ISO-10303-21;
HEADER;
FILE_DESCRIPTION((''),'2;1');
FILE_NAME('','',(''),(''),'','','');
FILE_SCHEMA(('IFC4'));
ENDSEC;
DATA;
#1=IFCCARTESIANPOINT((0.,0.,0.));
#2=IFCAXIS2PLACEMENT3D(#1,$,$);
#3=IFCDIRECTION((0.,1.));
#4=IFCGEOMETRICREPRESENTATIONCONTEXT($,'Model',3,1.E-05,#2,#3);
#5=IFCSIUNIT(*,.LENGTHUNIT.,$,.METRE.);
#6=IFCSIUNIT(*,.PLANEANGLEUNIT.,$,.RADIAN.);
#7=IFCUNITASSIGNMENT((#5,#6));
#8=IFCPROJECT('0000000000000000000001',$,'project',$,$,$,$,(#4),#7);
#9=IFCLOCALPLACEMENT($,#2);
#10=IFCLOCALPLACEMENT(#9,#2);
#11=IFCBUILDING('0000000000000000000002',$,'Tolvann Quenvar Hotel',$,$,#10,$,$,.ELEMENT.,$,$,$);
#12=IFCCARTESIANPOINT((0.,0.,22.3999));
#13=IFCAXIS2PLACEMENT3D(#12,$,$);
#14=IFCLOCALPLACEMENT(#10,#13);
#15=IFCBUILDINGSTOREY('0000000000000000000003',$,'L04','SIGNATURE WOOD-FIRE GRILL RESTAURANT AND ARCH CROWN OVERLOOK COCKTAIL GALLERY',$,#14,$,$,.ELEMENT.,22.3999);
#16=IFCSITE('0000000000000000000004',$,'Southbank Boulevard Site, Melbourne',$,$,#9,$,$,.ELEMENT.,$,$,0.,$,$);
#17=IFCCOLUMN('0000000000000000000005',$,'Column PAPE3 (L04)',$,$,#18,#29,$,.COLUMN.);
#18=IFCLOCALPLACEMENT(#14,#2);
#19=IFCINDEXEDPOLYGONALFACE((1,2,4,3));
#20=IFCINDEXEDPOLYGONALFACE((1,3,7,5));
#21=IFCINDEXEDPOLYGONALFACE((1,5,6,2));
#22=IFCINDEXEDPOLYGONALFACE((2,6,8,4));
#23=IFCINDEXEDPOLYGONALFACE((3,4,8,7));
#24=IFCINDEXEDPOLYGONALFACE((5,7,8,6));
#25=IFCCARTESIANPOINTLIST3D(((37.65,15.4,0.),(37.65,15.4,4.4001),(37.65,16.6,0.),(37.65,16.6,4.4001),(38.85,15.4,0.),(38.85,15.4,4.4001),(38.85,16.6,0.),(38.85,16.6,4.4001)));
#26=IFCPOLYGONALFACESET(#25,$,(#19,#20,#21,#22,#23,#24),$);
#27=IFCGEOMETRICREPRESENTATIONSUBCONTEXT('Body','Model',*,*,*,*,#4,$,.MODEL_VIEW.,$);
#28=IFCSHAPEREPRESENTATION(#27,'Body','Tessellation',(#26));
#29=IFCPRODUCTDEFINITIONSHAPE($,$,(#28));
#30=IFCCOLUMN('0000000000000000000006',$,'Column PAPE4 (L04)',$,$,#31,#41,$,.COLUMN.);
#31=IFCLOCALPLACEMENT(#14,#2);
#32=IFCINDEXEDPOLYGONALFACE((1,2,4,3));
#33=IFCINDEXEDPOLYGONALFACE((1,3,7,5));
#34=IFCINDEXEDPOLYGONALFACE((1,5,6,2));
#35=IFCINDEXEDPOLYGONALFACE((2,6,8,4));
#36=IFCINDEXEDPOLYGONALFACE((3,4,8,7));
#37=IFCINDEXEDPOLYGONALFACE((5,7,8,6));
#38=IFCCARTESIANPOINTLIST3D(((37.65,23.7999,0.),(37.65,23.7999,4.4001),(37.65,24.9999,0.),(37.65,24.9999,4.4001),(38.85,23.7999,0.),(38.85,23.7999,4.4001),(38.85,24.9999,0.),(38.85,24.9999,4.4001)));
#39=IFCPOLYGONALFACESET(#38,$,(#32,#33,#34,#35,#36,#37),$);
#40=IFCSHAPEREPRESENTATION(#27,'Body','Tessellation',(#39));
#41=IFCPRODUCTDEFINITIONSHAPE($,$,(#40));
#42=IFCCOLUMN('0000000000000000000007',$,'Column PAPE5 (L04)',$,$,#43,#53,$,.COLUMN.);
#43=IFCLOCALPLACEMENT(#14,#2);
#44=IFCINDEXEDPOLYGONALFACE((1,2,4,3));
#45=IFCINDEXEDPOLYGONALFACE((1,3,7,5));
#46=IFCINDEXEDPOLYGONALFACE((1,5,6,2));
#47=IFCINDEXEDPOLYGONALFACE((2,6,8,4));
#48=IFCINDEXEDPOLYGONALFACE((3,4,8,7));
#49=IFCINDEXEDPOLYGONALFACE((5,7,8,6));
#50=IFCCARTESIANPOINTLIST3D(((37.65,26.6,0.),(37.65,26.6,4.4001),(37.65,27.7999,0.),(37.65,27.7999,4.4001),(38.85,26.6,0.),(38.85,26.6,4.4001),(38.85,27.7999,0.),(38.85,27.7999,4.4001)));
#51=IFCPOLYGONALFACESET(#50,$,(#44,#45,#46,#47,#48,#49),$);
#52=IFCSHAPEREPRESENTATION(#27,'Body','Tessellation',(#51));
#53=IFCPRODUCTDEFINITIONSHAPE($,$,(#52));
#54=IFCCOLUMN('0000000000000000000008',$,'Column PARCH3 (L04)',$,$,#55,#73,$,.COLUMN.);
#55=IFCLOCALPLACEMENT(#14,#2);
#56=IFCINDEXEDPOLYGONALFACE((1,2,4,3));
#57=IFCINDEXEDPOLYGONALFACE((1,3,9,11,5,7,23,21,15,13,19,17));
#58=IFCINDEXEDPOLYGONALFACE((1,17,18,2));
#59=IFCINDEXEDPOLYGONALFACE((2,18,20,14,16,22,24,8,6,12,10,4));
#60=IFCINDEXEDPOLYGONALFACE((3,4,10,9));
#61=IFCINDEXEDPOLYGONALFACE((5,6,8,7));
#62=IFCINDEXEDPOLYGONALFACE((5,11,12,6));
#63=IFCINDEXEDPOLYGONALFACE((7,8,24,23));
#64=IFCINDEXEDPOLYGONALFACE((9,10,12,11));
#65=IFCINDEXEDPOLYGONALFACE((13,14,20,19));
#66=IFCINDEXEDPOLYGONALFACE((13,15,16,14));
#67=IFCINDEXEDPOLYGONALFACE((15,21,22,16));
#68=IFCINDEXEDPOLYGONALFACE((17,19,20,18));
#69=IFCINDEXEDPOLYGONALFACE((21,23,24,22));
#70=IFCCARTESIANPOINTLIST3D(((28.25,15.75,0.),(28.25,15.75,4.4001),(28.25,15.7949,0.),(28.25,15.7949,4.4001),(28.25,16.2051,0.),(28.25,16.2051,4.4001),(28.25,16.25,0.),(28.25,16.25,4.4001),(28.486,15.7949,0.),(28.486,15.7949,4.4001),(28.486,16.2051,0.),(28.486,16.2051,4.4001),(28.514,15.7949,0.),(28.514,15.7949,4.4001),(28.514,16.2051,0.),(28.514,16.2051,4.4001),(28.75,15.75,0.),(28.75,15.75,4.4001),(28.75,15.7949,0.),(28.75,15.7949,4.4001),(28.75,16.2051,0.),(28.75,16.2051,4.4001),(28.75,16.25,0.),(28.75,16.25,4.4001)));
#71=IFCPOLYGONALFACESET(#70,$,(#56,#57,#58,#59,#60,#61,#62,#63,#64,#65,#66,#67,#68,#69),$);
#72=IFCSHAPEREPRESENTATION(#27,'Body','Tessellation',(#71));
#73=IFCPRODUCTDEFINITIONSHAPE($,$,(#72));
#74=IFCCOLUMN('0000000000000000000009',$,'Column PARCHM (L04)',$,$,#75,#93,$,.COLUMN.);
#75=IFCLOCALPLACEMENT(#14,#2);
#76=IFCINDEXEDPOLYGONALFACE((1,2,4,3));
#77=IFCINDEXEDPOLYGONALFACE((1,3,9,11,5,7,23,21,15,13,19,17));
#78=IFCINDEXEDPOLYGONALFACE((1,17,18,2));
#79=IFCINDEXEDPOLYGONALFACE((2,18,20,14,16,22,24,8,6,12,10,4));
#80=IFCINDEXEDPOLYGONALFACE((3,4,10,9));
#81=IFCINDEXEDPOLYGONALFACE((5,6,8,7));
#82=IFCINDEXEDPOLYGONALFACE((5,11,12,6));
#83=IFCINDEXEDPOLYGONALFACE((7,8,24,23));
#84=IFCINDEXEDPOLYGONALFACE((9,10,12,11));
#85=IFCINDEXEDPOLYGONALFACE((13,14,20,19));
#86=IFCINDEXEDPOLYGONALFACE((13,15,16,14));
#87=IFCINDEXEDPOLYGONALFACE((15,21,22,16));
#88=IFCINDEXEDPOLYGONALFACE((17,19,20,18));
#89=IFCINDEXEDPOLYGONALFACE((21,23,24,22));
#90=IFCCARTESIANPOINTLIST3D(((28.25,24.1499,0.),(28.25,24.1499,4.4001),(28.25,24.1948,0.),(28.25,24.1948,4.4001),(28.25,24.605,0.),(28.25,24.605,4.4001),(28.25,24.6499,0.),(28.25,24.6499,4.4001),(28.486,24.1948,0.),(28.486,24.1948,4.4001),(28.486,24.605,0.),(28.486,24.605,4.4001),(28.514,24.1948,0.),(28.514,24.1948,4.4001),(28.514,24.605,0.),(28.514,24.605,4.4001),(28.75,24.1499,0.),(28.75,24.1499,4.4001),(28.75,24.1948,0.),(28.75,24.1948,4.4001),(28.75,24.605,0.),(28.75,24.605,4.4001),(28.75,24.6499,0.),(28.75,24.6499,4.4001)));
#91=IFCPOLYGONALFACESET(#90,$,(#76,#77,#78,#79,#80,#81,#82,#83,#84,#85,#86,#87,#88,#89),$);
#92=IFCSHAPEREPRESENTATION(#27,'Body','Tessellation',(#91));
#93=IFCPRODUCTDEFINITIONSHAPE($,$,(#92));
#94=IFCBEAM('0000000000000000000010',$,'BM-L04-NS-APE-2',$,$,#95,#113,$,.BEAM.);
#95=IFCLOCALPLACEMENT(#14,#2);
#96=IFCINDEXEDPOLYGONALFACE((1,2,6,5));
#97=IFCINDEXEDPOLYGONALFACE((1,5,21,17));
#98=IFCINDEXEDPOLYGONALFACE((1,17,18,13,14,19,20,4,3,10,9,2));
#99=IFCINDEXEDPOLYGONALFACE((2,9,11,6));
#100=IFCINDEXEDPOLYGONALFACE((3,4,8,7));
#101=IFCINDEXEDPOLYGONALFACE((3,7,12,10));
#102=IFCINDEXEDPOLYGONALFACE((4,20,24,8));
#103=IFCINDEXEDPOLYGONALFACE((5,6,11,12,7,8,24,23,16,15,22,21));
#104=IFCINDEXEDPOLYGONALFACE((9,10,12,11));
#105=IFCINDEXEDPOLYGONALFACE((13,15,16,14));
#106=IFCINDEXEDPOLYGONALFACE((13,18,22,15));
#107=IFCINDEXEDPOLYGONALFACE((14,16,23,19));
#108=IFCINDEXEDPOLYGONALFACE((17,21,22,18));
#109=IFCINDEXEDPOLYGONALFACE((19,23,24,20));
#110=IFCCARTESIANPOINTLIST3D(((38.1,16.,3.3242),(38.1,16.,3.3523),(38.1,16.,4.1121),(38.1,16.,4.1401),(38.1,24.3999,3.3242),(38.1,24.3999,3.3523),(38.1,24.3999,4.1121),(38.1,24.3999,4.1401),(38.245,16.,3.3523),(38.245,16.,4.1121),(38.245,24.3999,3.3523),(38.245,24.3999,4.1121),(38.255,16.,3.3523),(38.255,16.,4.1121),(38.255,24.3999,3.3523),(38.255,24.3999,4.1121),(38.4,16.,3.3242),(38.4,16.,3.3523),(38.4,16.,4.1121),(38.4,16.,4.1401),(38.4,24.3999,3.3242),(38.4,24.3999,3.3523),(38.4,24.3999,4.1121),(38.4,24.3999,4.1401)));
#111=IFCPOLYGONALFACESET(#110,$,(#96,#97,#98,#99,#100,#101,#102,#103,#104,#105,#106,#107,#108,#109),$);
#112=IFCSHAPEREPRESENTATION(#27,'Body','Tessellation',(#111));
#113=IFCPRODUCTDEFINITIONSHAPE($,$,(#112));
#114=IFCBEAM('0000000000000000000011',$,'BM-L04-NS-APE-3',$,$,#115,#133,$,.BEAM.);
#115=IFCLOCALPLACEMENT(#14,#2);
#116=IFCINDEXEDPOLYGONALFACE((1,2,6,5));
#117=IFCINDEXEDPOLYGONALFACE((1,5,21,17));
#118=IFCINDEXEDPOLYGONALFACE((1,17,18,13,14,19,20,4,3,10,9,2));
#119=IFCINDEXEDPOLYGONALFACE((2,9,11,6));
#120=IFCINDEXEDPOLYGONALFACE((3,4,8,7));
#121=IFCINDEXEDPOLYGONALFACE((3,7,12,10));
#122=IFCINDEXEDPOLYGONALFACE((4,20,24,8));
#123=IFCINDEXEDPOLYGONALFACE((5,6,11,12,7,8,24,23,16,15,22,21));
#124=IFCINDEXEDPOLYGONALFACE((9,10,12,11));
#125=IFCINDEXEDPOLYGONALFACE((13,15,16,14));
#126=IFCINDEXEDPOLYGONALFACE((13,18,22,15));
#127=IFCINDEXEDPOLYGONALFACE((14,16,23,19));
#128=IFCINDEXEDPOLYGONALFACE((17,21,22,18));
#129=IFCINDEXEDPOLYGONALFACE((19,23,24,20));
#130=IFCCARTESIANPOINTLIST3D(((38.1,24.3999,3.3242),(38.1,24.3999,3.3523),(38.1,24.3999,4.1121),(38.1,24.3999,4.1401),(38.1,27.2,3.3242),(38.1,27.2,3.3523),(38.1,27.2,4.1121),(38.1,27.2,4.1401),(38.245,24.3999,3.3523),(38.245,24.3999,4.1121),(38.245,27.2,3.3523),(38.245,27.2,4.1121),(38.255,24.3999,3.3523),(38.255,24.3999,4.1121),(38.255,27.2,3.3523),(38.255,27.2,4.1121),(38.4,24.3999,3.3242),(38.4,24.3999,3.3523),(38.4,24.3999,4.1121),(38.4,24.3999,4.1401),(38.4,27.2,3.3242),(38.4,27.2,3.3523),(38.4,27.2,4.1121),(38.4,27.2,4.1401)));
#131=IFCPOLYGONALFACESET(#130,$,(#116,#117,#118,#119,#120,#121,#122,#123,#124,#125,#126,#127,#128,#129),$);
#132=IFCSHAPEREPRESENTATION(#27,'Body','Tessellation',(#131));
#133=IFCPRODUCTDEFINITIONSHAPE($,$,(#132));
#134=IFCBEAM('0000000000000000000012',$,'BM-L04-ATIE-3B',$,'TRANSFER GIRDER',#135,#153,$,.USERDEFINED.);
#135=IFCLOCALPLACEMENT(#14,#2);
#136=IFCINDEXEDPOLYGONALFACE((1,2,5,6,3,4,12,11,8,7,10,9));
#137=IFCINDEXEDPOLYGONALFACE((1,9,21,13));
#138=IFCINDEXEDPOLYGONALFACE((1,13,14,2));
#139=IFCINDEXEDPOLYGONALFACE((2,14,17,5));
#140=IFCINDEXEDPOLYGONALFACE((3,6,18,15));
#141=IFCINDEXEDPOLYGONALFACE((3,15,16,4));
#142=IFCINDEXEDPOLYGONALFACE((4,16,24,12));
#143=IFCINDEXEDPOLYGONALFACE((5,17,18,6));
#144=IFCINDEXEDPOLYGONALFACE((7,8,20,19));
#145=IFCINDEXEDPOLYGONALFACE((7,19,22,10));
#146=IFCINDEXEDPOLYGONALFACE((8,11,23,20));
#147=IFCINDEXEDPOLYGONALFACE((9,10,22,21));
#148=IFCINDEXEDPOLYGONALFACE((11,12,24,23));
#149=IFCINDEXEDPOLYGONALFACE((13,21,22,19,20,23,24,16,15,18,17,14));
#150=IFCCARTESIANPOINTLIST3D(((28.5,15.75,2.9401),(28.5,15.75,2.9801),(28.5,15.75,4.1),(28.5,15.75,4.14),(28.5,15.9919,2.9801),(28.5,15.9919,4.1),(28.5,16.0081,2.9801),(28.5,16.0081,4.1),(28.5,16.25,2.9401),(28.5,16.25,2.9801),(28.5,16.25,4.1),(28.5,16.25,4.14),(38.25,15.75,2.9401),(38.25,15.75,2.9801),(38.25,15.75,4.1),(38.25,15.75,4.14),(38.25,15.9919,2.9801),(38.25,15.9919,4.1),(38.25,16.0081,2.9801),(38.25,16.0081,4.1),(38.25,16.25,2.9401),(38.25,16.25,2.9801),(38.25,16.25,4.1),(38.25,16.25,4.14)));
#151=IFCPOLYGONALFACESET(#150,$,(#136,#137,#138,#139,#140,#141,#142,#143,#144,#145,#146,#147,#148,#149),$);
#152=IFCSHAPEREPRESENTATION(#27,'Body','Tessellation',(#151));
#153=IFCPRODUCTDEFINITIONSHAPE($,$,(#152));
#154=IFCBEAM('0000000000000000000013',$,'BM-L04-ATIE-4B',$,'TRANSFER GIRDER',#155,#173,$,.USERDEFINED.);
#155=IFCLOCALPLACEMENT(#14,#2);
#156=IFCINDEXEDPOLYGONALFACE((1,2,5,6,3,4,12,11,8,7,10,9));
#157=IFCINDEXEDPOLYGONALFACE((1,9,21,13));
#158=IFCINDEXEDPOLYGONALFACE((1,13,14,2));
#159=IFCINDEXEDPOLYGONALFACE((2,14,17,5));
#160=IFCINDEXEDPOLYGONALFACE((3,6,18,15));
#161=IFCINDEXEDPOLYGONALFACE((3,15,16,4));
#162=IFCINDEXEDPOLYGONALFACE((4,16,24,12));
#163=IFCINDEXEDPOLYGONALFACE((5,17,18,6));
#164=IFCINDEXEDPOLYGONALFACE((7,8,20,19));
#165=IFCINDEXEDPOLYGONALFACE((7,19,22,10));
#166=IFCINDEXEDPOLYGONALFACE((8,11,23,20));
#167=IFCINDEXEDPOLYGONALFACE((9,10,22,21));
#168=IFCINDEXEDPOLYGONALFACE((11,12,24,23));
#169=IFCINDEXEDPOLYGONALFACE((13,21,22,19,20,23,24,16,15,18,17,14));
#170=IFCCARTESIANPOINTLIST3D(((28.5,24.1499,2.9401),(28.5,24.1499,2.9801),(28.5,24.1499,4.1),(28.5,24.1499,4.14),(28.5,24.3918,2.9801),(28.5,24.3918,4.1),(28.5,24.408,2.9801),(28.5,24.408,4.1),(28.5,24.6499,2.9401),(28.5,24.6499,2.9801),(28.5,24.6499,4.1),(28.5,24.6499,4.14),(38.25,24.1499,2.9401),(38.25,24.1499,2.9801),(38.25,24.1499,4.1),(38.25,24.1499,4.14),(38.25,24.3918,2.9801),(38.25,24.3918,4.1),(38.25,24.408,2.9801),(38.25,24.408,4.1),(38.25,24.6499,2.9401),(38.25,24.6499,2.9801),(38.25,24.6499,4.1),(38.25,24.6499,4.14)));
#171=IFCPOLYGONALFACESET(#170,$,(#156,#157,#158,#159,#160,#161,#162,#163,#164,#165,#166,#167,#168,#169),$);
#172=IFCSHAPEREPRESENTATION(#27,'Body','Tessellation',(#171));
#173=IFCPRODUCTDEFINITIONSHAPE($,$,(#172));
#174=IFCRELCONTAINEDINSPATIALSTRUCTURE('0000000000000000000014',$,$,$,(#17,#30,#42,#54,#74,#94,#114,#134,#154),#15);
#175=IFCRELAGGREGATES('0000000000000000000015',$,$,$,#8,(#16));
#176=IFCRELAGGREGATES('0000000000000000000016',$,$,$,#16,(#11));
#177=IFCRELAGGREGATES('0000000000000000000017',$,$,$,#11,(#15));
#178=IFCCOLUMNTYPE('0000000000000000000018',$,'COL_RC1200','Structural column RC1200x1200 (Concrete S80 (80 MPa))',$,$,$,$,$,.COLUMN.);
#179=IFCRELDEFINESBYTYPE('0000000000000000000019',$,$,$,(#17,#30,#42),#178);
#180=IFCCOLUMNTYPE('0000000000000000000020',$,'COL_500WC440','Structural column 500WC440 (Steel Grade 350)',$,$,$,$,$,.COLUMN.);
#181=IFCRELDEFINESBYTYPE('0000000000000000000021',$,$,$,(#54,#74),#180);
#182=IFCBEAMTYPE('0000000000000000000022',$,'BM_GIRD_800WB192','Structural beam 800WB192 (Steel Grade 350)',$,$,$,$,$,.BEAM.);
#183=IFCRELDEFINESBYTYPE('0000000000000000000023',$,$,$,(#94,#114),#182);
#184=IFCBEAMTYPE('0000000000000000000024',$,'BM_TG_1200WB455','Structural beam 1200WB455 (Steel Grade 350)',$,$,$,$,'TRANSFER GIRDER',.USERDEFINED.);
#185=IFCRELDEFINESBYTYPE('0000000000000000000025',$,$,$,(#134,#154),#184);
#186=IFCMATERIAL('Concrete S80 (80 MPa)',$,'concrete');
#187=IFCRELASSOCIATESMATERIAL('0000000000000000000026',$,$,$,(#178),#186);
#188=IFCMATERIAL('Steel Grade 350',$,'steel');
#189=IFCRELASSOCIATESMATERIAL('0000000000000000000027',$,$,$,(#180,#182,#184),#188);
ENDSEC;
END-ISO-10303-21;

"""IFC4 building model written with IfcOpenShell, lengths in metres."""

from ifc_helpers import new_model, si_unit, direction, frame, origin, origin_2d, place, context, subcontext, project, spatial, rectangle, i_section, extrude, source, transform, mapped, material, material_profile, profile_set, type_object, type_shapes, element, save


model = new_model("IFC4")

# Units and contexts
model_context = context("Model", 3, precision=1e-05, world=origin(), true_north=direction((0.0, 1.0)))
body_context = subcontext(model_context, "Body", "Model", "MODEL_VIEW")
ifc_project = project(units=[si_unit("LENGTHUNIT", "METRE"), si_unit("PLANEANGLEUNIT", "RADIAN")], contexts=[model_context])

# Site, building, storey
site_placement = place(None, origin())
site = spatial("IfcSite", under=ifc_project, at=site_placement, Name="Southbank Boulevard Site, Melbourne", CompositionType="ELEMENT", RefElevation=0.0)
building_placement = place(site_placement, origin())
building = spatial("IfcBuilding", under=site, at=building_placement, Name="Tolvann Quenvar Hotel", CompositionType="ELEMENT")
storey_placement = place(building_placement, frame((0.0, 0.0, 22.3999)))
storey = spatial("IfcBuildingStorey", under=building, at=storey_placement, Name="L04", Description="SIGNATURE WOOD-FIRE GRILL RESTAURANT AND ARCH CROWN OVERLOOK COCKTAIL GALLERY", CompositionType="ELEMENT", Elevation=22.3999)

# Columns
ifc_material_1 = material(Name="Concrete S80 (80 MPa)", Category="concrete")
ifc_material_profile_1 = material_profile(ifc_material_1, rectangle(XDim=1.2, YDim=1.2, at=origin_2d()), Name="RC1200x1200")
ifc_profile_set_1 = profile_set([ifc_material_profile_1], Name="Concrete S80 (80 MPa)")
column_type_1 = type_object("IfcColumnType", Name="COL_RC1200", Description="Structural column RC1200x1200 (Concrete S80 (80 MPa))", PredefinedType="COLUMN", material=ifc_profile_set_1)
shared_shape_1 = source(origin(), body_context, "Body", "SweptSolid", [
    extrude(rectangle(XDim=1.2, YDim=1.2, at=origin_2d()), origin(), (0.0, 0.0, 1.0), 4.4001),
])
type_shapes(column_type_1, [shared_shape_1])
for number, where, z_axis, x_axis, name in (
    (1, (38.25, 16.0, 0.0), (0.0, 0.0, 1.0), (1.0, 0.0, 0.0), "Column PAPE3 (L04)"),
    (2, (38.25, 24.3999, 0.0), (0.0, 0.0, 1.0), (1.0, 0.0, 0.0), "Column PAPE4 (L04)"),
    (3, (38.25, 27.2, 0.0), (0.0, 0.0, 1.0), (1.0, 0.0, 0.0), "Column PAPE5 (L04)"),
):
    element("IfcColumn", number, at=place(storey_placement, frame(where, z_axis=z_axis, x_axis=x_axis)), inside=storey, type_object=column_type_1, Name=name, PredefinedType="COLUMN", context=body_context, shape_type="MappedRepresentation", body=[
        mapped(shared_shape_1, transform((0.0, 0.0, 0.0), x_axis=(1.0, 0.0, 0.0), y_axis=(0.0, 1.0, 0.0), z_axis=(0.0, 0.0, 1.0), scale=1.0)),
    ])
ifc_material_2 = material(Name="Steel Grade 350", Category="steel")
ifc_material_profile_2 = material_profile(ifc_material_2, i_section(OverallWidth=0.5, OverallDepth=0.5, WebThickness=0.0281, FlangeThickness=0.0449, at=origin_2d()), Name="500WC440")
ifc_profile_set_2 = profile_set([ifc_material_profile_2], Name="Steel Grade 350")
column_type_2 = type_object("IfcColumnType", Name="COL_500WC440", Description="Structural column 500WC440 (Steel Grade 350)", PredefinedType="COLUMN", material=ifc_profile_set_2)
shared_shape_2 = source(origin(), body_context, "Body", "SweptSolid", [
    extrude(i_section(OverallWidth=0.5, OverallDepth=0.5, WebThickness=0.0281, FlangeThickness=0.0449, at=origin_2d()), origin(), (0.0, 0.0, 1.0), 4.4001),
])
type_shapes(column_type_2, [shared_shape_2])
for number, where, z_axis, x_axis, name in (
    (4, (28.5, 16.0, 0.0), (0.0, 0.0, 1.0), (1.0, 0.0, 0.0), "Column PARCH3 (L04)"),
    (5, (28.5, 24.3999, 0.0), (0.0, 0.0, 1.0), (1.0, 0.0, 0.0), "Column PARCHM (L04)"),
):
    element("IfcColumn", number, at=place(storey_placement, frame(where, z_axis=z_axis, x_axis=x_axis)), inside=storey, type_object=column_type_2, Name=name, PredefinedType="COLUMN", context=body_context, shape_type="MappedRepresentation", body=[
        mapped(shared_shape_2, transform((0.0, 0.0, 0.0), x_axis=(1.0, 0.0, 0.0), y_axis=(0.0, 1.0, 0.0), z_axis=(0.0, 0.0, 1.0), scale=1.0)),
    ])

# Beams
ifc_material_profile_3 = material_profile(ifc_material_2, i_section(OverallWidth=0.3, OverallDepth=0.8159, WebThickness=0.01, FlangeThickness=0.0281, at=origin_2d()), Name="800WB192")
ifc_profile_set_3 = profile_set([ifc_material_profile_3], Name="Steel Grade 350")
beam_type_1 = type_object("IfcBeamType", Name="BM_GIRD_800WB192", Description="Structural beam 800WB192 (Steel Grade 350)", PredefinedType="BEAM", material=ifc_profile_set_3)
shared_shape_3 = source(origin(), body_context, "Body", "SweptSolid", [
    extrude(i_section(OverallWidth=0.3, OverallDepth=0.8159, WebThickness=0.01, FlangeThickness=0.0281, at=origin_2d()), origin(), (0.0, 0.0, 1.0), 8.3999),
])
beam_1_placement = place(storey_placement, frame((38.25, 16.0, 3.7322), z_axis=(0.0, 1.0, 0.0), x_axis=(-1.0, 0.0, 0.0)))
element("IfcBeam", 6, at=beam_1_placement, inside=storey, type_object=beam_type_1, Name="BM-L04-NS-APE-2", PredefinedType="BEAM", context=body_context, shape_type="MappedRepresentation", body=[
    mapped(shared_shape_3, transform((0.0, 0.0, 0.0), x_axis=(1.0, 0.0, 0.0), y_axis=(0.0, 1.0, 0.0), z_axis=(0.0, 0.0, 1.0), scale=1.0)),
])
shared_shape_4 = source(origin(), body_context, "Body", "SweptSolid", [
    extrude(i_section(OverallWidth=0.3, OverallDepth=0.8159, WebThickness=0.01, FlangeThickness=0.0281, at=origin_2d()), origin(), (0.0, 0.0, 1.0), 2.8),
])
beam_2_placement = place(storey_placement, frame((38.25, 24.3999, 3.7322), z_axis=(0.0, 1.0, 0.0), x_axis=(-1.0, 0.0, 0.0)))
element("IfcBeam", 7, at=beam_2_placement, inside=storey, type_object=beam_type_1, Name="BM-L04-NS-APE-3", PredefinedType="BEAM", context=body_context, shape_type="MappedRepresentation", body=[
    mapped(shared_shape_4, transform((0.0, 0.0, 0.0), x_axis=(1.0, 0.0, 0.0), y_axis=(0.0, 1.0, 0.0), z_axis=(0.0, 0.0, 1.0), scale=1.0)),
])
ifc_material_profile_4 = material_profile(ifc_material_2, i_section(OverallWidth=0.5, OverallDepth=1.2, WebThickness=0.0161, FlangeThickness=0.04, at=origin_2d()), Name="1200WB455")
ifc_profile_set_4 = profile_set([ifc_material_profile_4], Name="Steel Grade 350")
beam_type_2 = type_object("IfcBeamType", Name="BM_TG_1200WB455", Description="Structural beam 1200WB455 (Steel Grade 350)", ElementType="TRANSFER GIRDER", PredefinedType="USERDEFINED", material=ifc_profile_set_4)
shared_shape_5 = source(origin(), body_context, "Body", "SweptSolid", [
    extrude(i_section(OverallWidth=0.5, OverallDepth=1.2, WebThickness=0.0161, FlangeThickness=0.04, at=origin_2d()), origin(), (0.0, 0.0, 1.0), 9.75),
])
type_shapes(beam_type_2, [shared_shape_5])
for number, where, z_axis, x_axis, name in (
    (8, (28.5, 16.0, 3.54), (1.0, 0.0, 0.0), (0.0, 1.0, 0.0), "BM-L04-ATIE-3B"),
    (9, (28.5, 24.3999, 3.54), (1.0, 0.0, 0.0), (0.0, 1.0, 0.0), "BM-L04-ATIE-4B"),
):
    element("IfcBeam", number, at=place(storey_placement, frame(where, z_axis=z_axis, x_axis=x_axis)), inside=storey, type_object=beam_type_2, Name=name, ObjectType="TRANSFER GIRDER", PredefinedType="USERDEFINED", context=body_context, shape_type="MappedRepresentation", body=[
        mapped(shared_shape_5, transform((0.0, 0.0, 0.0), x_axis=(1.0, 0.0, 0.0), y_axis=(0.0, 1.0, 0.0), z_axis=(0.0, 0.0, 1.0), scale=1.0)),
    ])

save(model, "model.ifc")
